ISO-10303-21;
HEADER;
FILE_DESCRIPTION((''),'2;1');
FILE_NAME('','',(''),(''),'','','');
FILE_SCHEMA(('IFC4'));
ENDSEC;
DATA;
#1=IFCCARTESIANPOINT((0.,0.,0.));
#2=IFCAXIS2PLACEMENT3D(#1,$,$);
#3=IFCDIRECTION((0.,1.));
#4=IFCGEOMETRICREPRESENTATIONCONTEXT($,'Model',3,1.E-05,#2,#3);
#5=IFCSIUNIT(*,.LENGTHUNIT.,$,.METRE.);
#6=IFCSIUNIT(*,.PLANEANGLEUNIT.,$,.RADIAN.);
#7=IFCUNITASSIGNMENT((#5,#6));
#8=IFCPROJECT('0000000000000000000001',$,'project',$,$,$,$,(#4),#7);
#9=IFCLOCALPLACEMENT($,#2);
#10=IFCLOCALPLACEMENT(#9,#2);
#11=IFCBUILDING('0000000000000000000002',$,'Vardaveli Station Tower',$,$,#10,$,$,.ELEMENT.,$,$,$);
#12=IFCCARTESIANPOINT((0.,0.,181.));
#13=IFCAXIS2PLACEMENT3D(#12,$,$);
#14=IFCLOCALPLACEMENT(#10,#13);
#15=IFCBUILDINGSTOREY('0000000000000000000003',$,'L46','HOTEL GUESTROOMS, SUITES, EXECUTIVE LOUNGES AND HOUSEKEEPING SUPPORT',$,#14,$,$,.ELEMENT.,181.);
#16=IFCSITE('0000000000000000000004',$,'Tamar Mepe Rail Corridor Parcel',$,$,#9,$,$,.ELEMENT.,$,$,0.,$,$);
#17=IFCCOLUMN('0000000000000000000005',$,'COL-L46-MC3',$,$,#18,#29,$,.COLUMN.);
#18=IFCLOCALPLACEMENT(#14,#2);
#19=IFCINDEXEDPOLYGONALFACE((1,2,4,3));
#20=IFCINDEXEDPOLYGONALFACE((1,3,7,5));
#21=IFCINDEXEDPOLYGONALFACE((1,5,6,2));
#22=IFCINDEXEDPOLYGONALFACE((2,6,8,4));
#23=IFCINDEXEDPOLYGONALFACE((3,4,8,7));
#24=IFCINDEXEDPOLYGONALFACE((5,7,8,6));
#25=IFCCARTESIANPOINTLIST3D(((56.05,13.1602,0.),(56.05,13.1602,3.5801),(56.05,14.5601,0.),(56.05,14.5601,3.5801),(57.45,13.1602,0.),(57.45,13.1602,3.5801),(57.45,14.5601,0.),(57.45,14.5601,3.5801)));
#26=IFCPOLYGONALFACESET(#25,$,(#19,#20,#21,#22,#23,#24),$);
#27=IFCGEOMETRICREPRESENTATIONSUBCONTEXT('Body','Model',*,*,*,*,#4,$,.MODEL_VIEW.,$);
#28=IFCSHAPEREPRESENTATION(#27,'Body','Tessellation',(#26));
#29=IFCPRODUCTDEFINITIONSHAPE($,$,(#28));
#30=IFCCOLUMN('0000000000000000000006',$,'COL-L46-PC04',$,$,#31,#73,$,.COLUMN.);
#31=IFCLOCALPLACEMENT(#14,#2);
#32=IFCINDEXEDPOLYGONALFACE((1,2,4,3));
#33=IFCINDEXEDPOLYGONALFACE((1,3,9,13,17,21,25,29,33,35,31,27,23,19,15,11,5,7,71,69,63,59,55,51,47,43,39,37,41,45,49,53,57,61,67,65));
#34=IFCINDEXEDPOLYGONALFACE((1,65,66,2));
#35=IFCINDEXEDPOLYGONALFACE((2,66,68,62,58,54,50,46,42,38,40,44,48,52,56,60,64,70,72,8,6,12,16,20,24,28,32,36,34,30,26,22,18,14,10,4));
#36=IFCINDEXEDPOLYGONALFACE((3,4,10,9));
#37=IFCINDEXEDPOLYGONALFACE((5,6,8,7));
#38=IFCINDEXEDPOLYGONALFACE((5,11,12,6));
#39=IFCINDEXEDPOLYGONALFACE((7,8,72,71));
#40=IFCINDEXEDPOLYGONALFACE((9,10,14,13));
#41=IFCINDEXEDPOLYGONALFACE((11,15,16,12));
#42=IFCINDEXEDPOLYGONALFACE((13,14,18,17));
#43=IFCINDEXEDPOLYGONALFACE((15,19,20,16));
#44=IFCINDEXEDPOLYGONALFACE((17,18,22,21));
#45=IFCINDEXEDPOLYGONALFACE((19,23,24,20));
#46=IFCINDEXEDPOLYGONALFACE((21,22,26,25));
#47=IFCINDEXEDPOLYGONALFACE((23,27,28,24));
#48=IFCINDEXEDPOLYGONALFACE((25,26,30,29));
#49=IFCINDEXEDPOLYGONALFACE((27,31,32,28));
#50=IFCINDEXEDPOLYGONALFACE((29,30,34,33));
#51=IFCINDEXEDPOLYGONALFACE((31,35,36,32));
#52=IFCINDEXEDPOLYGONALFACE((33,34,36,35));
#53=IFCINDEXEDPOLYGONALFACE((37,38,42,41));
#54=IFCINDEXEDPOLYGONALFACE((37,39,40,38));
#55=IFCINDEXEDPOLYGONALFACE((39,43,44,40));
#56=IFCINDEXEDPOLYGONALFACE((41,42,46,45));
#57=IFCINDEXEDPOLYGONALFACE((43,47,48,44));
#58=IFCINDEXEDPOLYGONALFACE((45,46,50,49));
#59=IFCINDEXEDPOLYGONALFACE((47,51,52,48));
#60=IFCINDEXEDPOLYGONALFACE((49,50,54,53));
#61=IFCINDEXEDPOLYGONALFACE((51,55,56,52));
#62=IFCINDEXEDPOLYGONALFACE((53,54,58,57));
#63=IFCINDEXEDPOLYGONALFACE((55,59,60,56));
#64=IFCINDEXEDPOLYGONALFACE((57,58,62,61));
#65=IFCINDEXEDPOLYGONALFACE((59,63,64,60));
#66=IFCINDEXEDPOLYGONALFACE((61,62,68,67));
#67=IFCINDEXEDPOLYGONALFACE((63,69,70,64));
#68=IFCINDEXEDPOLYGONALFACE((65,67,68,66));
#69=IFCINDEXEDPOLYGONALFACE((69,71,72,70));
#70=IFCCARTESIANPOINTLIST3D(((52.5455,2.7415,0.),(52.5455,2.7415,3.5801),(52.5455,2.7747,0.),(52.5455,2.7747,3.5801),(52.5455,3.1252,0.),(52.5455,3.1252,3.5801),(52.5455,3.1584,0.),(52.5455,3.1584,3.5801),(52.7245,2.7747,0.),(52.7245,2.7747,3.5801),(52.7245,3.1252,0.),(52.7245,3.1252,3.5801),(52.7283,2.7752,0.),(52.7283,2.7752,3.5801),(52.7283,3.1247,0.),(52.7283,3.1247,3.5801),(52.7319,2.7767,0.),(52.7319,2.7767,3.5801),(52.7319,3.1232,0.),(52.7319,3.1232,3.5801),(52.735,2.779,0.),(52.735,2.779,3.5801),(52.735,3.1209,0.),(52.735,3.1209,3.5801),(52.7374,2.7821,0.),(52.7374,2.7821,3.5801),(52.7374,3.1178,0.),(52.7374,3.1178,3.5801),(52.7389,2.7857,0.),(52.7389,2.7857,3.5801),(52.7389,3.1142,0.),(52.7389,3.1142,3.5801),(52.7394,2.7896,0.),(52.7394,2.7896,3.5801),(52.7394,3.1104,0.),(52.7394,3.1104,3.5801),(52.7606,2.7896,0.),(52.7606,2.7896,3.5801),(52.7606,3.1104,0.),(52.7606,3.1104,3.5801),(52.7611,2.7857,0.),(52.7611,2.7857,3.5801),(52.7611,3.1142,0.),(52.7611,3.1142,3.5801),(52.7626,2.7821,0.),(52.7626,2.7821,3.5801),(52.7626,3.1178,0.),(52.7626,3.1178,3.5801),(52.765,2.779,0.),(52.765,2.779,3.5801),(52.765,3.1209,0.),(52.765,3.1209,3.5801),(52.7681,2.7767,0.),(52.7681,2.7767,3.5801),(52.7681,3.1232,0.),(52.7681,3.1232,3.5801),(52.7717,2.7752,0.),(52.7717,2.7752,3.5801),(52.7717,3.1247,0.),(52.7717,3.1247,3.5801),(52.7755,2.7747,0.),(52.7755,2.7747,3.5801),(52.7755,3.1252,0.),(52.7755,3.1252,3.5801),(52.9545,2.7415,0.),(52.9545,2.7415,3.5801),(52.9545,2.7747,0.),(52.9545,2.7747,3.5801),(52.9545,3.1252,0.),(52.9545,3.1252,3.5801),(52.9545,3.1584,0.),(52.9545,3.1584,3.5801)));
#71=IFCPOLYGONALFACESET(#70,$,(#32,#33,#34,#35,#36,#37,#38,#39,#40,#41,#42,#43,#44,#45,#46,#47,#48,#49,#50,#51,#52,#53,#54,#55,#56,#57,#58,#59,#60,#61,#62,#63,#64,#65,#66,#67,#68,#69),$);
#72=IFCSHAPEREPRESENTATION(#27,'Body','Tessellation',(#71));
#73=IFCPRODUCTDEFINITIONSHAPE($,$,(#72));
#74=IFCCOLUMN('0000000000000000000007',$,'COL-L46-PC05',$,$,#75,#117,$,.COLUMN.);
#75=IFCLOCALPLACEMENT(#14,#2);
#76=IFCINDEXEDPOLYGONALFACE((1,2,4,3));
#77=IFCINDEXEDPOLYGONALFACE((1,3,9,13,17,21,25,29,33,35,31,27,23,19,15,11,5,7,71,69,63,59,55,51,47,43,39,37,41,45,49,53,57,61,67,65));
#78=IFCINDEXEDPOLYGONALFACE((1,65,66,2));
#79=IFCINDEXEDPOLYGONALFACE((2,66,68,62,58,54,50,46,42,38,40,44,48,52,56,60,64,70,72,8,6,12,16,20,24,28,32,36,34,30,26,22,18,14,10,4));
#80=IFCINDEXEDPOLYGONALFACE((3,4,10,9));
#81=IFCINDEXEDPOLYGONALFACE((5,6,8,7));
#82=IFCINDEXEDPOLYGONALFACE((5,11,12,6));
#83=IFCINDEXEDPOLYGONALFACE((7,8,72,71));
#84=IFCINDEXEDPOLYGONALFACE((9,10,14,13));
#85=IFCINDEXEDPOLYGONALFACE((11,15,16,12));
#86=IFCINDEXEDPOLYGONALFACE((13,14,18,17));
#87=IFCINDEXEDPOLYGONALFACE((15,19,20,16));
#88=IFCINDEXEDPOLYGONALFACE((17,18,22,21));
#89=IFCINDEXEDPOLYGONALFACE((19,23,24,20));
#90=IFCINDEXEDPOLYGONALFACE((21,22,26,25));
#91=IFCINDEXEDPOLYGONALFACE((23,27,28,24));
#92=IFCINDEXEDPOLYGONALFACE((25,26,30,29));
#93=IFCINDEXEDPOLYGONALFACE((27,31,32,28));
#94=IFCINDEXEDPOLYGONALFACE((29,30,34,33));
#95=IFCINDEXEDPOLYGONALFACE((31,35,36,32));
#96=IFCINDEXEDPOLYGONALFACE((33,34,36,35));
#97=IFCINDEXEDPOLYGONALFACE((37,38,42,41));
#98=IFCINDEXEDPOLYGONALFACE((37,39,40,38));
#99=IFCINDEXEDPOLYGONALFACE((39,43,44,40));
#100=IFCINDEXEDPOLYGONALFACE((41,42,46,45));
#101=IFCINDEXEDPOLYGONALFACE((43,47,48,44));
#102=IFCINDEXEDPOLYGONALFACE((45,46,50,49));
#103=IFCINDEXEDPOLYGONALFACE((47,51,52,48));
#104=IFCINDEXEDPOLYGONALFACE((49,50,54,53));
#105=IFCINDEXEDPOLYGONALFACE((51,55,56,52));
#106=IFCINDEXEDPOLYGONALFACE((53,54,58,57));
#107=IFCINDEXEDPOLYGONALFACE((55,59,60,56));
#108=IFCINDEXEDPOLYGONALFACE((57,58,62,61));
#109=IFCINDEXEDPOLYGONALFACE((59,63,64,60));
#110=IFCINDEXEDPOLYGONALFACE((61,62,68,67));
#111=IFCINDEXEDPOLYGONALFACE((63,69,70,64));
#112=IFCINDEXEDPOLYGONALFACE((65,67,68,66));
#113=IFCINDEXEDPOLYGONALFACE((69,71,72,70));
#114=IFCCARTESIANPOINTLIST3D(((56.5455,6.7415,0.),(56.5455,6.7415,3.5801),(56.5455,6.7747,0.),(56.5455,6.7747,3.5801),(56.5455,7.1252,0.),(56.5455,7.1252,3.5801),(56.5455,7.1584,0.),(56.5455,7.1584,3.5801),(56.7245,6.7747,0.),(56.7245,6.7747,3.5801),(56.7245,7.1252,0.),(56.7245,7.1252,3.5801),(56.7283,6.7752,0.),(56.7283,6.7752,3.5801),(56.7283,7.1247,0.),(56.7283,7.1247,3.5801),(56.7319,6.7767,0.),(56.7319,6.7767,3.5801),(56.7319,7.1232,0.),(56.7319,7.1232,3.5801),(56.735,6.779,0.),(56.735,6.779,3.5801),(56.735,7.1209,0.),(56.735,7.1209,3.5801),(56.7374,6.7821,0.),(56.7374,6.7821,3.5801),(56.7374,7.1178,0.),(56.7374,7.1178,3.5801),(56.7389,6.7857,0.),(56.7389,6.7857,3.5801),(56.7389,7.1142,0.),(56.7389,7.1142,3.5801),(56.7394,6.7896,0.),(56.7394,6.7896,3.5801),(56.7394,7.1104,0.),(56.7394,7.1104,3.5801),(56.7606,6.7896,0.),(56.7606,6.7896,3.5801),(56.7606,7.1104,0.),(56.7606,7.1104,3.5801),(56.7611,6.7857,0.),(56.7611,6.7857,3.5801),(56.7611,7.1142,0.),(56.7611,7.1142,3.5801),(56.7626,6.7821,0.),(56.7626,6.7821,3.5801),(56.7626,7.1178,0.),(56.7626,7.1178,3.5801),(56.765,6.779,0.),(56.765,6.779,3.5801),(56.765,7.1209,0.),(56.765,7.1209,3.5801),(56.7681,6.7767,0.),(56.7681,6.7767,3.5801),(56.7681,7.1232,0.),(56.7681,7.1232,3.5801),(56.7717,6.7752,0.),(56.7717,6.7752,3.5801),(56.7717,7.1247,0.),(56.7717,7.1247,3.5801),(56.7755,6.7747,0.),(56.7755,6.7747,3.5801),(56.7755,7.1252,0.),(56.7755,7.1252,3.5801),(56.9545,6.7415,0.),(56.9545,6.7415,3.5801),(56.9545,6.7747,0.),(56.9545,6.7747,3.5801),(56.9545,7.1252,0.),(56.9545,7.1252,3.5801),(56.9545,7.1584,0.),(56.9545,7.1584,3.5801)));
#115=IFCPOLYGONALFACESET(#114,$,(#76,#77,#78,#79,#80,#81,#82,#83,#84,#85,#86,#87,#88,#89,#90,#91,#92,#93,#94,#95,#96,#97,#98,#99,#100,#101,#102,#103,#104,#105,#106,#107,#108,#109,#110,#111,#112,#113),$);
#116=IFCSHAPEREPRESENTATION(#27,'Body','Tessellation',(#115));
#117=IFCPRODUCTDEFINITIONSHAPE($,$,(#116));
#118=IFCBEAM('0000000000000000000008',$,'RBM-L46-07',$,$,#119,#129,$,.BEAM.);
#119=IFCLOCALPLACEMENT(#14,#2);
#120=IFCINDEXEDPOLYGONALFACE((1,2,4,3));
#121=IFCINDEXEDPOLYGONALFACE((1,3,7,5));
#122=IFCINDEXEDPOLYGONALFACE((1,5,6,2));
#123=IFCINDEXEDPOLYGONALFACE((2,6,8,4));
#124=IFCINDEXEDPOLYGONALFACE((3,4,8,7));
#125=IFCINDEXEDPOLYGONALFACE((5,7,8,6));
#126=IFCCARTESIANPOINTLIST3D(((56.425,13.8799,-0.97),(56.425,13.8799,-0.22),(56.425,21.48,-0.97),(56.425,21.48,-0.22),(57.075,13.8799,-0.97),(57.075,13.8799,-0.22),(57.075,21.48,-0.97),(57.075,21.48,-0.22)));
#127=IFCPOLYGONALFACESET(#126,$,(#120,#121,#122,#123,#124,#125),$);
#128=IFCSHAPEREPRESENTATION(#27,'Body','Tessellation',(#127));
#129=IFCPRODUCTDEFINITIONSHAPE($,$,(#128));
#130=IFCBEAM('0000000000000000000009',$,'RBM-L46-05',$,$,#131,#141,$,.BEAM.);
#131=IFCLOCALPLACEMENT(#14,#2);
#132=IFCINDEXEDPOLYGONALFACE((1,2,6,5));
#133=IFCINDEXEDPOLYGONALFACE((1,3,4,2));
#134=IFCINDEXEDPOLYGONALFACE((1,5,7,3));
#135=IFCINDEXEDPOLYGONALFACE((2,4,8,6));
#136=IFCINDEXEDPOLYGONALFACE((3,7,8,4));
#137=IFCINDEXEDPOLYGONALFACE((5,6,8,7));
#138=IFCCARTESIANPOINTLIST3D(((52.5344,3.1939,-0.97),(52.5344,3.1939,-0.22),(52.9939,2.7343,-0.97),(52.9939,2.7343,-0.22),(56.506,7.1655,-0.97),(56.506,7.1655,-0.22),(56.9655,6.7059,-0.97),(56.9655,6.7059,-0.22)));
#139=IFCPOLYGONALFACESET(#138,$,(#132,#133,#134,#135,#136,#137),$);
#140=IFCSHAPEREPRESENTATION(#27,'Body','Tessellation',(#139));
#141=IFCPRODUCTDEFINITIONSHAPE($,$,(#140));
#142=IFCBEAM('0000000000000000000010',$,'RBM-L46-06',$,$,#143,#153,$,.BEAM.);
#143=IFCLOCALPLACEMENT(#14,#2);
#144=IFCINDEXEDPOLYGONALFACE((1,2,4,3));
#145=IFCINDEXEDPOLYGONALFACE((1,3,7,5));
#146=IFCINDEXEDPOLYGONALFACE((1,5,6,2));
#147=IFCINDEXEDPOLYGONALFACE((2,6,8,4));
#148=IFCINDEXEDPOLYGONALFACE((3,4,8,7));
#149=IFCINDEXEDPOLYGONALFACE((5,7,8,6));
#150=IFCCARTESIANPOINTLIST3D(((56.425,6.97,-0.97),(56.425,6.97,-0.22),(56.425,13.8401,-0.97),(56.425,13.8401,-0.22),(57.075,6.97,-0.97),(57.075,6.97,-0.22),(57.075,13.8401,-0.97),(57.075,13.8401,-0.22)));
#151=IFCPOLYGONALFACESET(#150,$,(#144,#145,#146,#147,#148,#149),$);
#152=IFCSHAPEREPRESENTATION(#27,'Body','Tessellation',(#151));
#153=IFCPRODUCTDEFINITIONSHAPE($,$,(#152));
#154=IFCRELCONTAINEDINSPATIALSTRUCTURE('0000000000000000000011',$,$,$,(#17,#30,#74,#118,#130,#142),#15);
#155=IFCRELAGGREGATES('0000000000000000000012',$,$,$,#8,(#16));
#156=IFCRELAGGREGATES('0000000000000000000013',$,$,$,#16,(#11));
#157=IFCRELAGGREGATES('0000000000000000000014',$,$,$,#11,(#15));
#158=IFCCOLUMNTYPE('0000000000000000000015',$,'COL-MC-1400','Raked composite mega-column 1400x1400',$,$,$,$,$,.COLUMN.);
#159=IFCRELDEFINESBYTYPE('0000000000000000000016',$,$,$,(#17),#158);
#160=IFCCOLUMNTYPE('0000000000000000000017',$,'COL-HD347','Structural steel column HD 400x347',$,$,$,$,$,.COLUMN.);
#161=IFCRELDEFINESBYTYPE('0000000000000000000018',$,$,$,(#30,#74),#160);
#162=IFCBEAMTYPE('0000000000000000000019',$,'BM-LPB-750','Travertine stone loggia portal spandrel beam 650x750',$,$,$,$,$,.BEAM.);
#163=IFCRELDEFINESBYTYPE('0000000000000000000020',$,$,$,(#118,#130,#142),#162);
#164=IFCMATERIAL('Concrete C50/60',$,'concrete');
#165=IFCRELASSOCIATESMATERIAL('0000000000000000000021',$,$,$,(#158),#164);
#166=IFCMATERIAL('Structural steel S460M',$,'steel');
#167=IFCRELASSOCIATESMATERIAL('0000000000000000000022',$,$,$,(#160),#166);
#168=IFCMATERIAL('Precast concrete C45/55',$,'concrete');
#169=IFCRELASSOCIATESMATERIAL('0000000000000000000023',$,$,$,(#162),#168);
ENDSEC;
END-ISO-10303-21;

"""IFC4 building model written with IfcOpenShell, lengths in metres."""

from ifc_helpers import new_model, si_unit, direction, frame, origin, origin_2d, place, context, subcontext, project, spatial, rectangle, i_section, extrude, source, transform, mapped, material, material_profile, profile_set, type_object, element, save


model = new_model("IFC4")

# Units and contexts
model_context = context("Model", 3, precision=1e-05, world=origin(), true_north=direction((0.0, 1.0)))
body_context = subcontext(model_context, "Body", "Model", "MODEL_VIEW")
ifc_project = project(units=[si_unit("LENGTHUNIT", "METRE"), si_unit("PLANEANGLEUNIT", "RADIAN")], contexts=[model_context])

# Site, building, storey
site_placement = place(None, origin())
site = spatial("IfcSite", under=ifc_project, at=site_placement, Name="Tamar Mepe Rail Corridor Parcel", CompositionType="ELEMENT", RefElevation=0.0)
building_placement = place(site_placement, origin())
building = spatial("IfcBuilding", under=site, at=building_placement, Name="Vardaveli Station Tower", CompositionType="ELEMENT")
storey_placement = place(building_placement, frame((0.0, 0.0, 181.0)))
storey = spatial("IfcBuildingStorey", under=building, at=storey_placement, Name="L46", Description="HOTEL GUESTROOMS, SUITES, EXECUTIVE LOUNGES AND HOUSEKEEPING SUPPORT", CompositionType="ELEMENT", Elevation=181.0)

# Columns
ifc_material_1 = material(Name="Concrete C50/60", Category="concrete")
ifc_material_profile_1 = material_profile(ifc_material_1, rectangle(XDim=1.3999, YDim=1.3999, at=origin_2d()), Name="MC 1400x1400")
ifc_profile_set_1 = profile_set([ifc_material_profile_1], Name="Concrete C50/60")
column_type_1 = type_object("IfcColumnType", Name="COL-MC-1400", Description="Raked composite mega-column 1400x1400", PredefinedType="COLUMN", material=ifc_profile_set_1)
shared_shape_1 = source(origin(), body_context, "Body", "SweptSolid", [
    extrude(rectangle(XDim=1.3999, YDim=1.3999, at=origin_2d()), origin(), (0.0, 0.0, 1.0), 3.5801),
])
column_placement = place(storey_placement, frame((56.75, 13.8601, 0.0), z_axis=(0.0, 0.0, 1.0), x_axis=(1.0, 0.0, 0.0)))
element("IfcColumn", 1, at=column_placement, inside=storey, type_object=column_type_1, Name="COL-L46-MC3", PredefinedType="COLUMN", context=body_context, shape_type="MappedRepresentation", body=[
    mapped(shared_shape_1, transform((0.0, 0.0, 0.0), scale=1.0)),
])
ifc_material_2 = material(Name="Structural steel S460M", Category="steel")
ifc_material_profile_2 = material_profile(ifc_material_2, i_section(OverallWidth=0.4089, OverallDepth=0.417, WebThickness=0.0212, FlangeThickness=0.0332, FilletRadius=0.0149, at=origin_2d()), Name="HD 400x347")
ifc_profile_set_2 = profile_set([ifc_material_profile_2], Name="Structural steel S460M")
column_type_2 = type_object("IfcColumnType", Name="COL-HD347", Description="Structural steel column HD 400x347", PredefinedType="COLUMN", material=ifc_profile_set_2)
shared_shape_2 = source(origin(), body_context, "Body", "SweptSolid", [
    extrude(i_section(OverallWidth=0.4089, OverallDepth=0.417, WebThickness=0.0212, FlangeThickness=0.0332, FilletRadius=0.0149, at=origin_2d()), origin(), (0.0, 0.0, 1.0), 3.5801),
])
for number, where, z_axis, x_axis, name in (
    (2, (52.75, 2.95, 0.0), (0.0, 0.0, 1.0), (1.0, 0.0, 0.0), "COL-L46-PC04"),
    (3, (56.75, 6.95, 0.0), (0.0, 0.0, 1.0), (1.0, 0.0, 0.0), "COL-L46-PC05"),
):
    element("IfcColumn", number, at=place(storey_placement, frame(where, z_axis=z_axis, x_axis=x_axis)), inside=storey, type_object=column_type_2, Name=name, PredefinedType="COLUMN", context=body_context, shape_type="MappedRepresentation", body=[
        mapped(shared_shape_2, transform((0.0, 0.0, 0.0), scale=1.0)),
    ])

# Beams
ifc_material_3 = material(Name="Precast concrete C45/55", Category="concrete")
ifc_material_profile_3 = material_profile(ifc_material_3, rectangle(XDim=0.6499, YDim=0.75, at=origin_2d()), Name="LPB 650x750")
ifc_profile_set_3 = profile_set([ifc_material_profile_3], Name="Precast concrete C45/55")
beam_type_1 = type_object("IfcBeamType", Name="BM-LPB-750", Description="Travertine stone loggia portal spandrel beam 650x750", PredefinedType="BEAM", material=ifc_profile_set_3)
shared_shape_3 = source(origin(), body_context, "Body", "SweptSolid", [
    extrude(rectangle(XDim=0.6499, YDim=0.75, at=origin_2d()), origin(), (0.0, 0.0, 1.0), 7.6001),
])
beam_1_placement = place(storey_placement, frame((56.75, 13.8799, -0.595), z_axis=(0.0, 1.0, 0.0), x_axis=(-1.0, 0.0, 0.0)))
element("IfcBeam", 4, at=beam_1_placement, inside=storey, type_object=beam_type_1, Name="RBM-L46-07", PredefinedType="BEAM", context=body_context, shape_type="MappedRepresentation", body=[
    mapped(shared_shape_3, transform((0.0, 0.0, 0.0), scale=1.0)),
])
shared_shape_4 = source(origin(), body_context, "Body", "SweptSolid", [
    extrude(rectangle(XDim=0.6499, YDim=0.75, at=origin_2d()), origin(), (0.0, 0.0, 1.0), 5.6167),
])
beam_2_placement = place(storey_placement, frame((52.7642, 2.9641, -0.595), z_axis=(0.707107, 0.707107, 0.0), x_axis=(-0.707107, 0.707107, 0.0)))
element("IfcBeam", 5, at=beam_2_placement, inside=storey, type_object=beam_type_1, Name="RBM-L46-05", PredefinedType="BEAM", context=body_context, shape_type="MappedRepresentation", body=[
    mapped(shared_shape_4, transform((0.0, 0.0, 0.0), scale=1.0)),
])
shared_shape_5 = source(origin(), body_context, "Body", "SweptSolid", [
    extrude(rectangle(XDim=0.6499, YDim=0.75, at=origin_2d()), origin(), (0.0, 0.0, 1.0), 6.8701),
])
beam_3_placement = place(storey_placement, frame((56.75, 6.97, -0.595), z_axis=(0.0, 1.0, 0.0), x_axis=(-1.0, 0.0, 0.0)))
element("IfcBeam", 6, at=beam_3_placement, inside=storey, type_object=beam_type_1, Name="RBM-L46-06", PredefinedType="BEAM", context=body_context, shape_type="MappedRepresentation", body=[
    mapped(shared_shape_5, transform((0.0, 0.0, 0.0), scale=1.0)),
])

save(model, "model.ifc")
